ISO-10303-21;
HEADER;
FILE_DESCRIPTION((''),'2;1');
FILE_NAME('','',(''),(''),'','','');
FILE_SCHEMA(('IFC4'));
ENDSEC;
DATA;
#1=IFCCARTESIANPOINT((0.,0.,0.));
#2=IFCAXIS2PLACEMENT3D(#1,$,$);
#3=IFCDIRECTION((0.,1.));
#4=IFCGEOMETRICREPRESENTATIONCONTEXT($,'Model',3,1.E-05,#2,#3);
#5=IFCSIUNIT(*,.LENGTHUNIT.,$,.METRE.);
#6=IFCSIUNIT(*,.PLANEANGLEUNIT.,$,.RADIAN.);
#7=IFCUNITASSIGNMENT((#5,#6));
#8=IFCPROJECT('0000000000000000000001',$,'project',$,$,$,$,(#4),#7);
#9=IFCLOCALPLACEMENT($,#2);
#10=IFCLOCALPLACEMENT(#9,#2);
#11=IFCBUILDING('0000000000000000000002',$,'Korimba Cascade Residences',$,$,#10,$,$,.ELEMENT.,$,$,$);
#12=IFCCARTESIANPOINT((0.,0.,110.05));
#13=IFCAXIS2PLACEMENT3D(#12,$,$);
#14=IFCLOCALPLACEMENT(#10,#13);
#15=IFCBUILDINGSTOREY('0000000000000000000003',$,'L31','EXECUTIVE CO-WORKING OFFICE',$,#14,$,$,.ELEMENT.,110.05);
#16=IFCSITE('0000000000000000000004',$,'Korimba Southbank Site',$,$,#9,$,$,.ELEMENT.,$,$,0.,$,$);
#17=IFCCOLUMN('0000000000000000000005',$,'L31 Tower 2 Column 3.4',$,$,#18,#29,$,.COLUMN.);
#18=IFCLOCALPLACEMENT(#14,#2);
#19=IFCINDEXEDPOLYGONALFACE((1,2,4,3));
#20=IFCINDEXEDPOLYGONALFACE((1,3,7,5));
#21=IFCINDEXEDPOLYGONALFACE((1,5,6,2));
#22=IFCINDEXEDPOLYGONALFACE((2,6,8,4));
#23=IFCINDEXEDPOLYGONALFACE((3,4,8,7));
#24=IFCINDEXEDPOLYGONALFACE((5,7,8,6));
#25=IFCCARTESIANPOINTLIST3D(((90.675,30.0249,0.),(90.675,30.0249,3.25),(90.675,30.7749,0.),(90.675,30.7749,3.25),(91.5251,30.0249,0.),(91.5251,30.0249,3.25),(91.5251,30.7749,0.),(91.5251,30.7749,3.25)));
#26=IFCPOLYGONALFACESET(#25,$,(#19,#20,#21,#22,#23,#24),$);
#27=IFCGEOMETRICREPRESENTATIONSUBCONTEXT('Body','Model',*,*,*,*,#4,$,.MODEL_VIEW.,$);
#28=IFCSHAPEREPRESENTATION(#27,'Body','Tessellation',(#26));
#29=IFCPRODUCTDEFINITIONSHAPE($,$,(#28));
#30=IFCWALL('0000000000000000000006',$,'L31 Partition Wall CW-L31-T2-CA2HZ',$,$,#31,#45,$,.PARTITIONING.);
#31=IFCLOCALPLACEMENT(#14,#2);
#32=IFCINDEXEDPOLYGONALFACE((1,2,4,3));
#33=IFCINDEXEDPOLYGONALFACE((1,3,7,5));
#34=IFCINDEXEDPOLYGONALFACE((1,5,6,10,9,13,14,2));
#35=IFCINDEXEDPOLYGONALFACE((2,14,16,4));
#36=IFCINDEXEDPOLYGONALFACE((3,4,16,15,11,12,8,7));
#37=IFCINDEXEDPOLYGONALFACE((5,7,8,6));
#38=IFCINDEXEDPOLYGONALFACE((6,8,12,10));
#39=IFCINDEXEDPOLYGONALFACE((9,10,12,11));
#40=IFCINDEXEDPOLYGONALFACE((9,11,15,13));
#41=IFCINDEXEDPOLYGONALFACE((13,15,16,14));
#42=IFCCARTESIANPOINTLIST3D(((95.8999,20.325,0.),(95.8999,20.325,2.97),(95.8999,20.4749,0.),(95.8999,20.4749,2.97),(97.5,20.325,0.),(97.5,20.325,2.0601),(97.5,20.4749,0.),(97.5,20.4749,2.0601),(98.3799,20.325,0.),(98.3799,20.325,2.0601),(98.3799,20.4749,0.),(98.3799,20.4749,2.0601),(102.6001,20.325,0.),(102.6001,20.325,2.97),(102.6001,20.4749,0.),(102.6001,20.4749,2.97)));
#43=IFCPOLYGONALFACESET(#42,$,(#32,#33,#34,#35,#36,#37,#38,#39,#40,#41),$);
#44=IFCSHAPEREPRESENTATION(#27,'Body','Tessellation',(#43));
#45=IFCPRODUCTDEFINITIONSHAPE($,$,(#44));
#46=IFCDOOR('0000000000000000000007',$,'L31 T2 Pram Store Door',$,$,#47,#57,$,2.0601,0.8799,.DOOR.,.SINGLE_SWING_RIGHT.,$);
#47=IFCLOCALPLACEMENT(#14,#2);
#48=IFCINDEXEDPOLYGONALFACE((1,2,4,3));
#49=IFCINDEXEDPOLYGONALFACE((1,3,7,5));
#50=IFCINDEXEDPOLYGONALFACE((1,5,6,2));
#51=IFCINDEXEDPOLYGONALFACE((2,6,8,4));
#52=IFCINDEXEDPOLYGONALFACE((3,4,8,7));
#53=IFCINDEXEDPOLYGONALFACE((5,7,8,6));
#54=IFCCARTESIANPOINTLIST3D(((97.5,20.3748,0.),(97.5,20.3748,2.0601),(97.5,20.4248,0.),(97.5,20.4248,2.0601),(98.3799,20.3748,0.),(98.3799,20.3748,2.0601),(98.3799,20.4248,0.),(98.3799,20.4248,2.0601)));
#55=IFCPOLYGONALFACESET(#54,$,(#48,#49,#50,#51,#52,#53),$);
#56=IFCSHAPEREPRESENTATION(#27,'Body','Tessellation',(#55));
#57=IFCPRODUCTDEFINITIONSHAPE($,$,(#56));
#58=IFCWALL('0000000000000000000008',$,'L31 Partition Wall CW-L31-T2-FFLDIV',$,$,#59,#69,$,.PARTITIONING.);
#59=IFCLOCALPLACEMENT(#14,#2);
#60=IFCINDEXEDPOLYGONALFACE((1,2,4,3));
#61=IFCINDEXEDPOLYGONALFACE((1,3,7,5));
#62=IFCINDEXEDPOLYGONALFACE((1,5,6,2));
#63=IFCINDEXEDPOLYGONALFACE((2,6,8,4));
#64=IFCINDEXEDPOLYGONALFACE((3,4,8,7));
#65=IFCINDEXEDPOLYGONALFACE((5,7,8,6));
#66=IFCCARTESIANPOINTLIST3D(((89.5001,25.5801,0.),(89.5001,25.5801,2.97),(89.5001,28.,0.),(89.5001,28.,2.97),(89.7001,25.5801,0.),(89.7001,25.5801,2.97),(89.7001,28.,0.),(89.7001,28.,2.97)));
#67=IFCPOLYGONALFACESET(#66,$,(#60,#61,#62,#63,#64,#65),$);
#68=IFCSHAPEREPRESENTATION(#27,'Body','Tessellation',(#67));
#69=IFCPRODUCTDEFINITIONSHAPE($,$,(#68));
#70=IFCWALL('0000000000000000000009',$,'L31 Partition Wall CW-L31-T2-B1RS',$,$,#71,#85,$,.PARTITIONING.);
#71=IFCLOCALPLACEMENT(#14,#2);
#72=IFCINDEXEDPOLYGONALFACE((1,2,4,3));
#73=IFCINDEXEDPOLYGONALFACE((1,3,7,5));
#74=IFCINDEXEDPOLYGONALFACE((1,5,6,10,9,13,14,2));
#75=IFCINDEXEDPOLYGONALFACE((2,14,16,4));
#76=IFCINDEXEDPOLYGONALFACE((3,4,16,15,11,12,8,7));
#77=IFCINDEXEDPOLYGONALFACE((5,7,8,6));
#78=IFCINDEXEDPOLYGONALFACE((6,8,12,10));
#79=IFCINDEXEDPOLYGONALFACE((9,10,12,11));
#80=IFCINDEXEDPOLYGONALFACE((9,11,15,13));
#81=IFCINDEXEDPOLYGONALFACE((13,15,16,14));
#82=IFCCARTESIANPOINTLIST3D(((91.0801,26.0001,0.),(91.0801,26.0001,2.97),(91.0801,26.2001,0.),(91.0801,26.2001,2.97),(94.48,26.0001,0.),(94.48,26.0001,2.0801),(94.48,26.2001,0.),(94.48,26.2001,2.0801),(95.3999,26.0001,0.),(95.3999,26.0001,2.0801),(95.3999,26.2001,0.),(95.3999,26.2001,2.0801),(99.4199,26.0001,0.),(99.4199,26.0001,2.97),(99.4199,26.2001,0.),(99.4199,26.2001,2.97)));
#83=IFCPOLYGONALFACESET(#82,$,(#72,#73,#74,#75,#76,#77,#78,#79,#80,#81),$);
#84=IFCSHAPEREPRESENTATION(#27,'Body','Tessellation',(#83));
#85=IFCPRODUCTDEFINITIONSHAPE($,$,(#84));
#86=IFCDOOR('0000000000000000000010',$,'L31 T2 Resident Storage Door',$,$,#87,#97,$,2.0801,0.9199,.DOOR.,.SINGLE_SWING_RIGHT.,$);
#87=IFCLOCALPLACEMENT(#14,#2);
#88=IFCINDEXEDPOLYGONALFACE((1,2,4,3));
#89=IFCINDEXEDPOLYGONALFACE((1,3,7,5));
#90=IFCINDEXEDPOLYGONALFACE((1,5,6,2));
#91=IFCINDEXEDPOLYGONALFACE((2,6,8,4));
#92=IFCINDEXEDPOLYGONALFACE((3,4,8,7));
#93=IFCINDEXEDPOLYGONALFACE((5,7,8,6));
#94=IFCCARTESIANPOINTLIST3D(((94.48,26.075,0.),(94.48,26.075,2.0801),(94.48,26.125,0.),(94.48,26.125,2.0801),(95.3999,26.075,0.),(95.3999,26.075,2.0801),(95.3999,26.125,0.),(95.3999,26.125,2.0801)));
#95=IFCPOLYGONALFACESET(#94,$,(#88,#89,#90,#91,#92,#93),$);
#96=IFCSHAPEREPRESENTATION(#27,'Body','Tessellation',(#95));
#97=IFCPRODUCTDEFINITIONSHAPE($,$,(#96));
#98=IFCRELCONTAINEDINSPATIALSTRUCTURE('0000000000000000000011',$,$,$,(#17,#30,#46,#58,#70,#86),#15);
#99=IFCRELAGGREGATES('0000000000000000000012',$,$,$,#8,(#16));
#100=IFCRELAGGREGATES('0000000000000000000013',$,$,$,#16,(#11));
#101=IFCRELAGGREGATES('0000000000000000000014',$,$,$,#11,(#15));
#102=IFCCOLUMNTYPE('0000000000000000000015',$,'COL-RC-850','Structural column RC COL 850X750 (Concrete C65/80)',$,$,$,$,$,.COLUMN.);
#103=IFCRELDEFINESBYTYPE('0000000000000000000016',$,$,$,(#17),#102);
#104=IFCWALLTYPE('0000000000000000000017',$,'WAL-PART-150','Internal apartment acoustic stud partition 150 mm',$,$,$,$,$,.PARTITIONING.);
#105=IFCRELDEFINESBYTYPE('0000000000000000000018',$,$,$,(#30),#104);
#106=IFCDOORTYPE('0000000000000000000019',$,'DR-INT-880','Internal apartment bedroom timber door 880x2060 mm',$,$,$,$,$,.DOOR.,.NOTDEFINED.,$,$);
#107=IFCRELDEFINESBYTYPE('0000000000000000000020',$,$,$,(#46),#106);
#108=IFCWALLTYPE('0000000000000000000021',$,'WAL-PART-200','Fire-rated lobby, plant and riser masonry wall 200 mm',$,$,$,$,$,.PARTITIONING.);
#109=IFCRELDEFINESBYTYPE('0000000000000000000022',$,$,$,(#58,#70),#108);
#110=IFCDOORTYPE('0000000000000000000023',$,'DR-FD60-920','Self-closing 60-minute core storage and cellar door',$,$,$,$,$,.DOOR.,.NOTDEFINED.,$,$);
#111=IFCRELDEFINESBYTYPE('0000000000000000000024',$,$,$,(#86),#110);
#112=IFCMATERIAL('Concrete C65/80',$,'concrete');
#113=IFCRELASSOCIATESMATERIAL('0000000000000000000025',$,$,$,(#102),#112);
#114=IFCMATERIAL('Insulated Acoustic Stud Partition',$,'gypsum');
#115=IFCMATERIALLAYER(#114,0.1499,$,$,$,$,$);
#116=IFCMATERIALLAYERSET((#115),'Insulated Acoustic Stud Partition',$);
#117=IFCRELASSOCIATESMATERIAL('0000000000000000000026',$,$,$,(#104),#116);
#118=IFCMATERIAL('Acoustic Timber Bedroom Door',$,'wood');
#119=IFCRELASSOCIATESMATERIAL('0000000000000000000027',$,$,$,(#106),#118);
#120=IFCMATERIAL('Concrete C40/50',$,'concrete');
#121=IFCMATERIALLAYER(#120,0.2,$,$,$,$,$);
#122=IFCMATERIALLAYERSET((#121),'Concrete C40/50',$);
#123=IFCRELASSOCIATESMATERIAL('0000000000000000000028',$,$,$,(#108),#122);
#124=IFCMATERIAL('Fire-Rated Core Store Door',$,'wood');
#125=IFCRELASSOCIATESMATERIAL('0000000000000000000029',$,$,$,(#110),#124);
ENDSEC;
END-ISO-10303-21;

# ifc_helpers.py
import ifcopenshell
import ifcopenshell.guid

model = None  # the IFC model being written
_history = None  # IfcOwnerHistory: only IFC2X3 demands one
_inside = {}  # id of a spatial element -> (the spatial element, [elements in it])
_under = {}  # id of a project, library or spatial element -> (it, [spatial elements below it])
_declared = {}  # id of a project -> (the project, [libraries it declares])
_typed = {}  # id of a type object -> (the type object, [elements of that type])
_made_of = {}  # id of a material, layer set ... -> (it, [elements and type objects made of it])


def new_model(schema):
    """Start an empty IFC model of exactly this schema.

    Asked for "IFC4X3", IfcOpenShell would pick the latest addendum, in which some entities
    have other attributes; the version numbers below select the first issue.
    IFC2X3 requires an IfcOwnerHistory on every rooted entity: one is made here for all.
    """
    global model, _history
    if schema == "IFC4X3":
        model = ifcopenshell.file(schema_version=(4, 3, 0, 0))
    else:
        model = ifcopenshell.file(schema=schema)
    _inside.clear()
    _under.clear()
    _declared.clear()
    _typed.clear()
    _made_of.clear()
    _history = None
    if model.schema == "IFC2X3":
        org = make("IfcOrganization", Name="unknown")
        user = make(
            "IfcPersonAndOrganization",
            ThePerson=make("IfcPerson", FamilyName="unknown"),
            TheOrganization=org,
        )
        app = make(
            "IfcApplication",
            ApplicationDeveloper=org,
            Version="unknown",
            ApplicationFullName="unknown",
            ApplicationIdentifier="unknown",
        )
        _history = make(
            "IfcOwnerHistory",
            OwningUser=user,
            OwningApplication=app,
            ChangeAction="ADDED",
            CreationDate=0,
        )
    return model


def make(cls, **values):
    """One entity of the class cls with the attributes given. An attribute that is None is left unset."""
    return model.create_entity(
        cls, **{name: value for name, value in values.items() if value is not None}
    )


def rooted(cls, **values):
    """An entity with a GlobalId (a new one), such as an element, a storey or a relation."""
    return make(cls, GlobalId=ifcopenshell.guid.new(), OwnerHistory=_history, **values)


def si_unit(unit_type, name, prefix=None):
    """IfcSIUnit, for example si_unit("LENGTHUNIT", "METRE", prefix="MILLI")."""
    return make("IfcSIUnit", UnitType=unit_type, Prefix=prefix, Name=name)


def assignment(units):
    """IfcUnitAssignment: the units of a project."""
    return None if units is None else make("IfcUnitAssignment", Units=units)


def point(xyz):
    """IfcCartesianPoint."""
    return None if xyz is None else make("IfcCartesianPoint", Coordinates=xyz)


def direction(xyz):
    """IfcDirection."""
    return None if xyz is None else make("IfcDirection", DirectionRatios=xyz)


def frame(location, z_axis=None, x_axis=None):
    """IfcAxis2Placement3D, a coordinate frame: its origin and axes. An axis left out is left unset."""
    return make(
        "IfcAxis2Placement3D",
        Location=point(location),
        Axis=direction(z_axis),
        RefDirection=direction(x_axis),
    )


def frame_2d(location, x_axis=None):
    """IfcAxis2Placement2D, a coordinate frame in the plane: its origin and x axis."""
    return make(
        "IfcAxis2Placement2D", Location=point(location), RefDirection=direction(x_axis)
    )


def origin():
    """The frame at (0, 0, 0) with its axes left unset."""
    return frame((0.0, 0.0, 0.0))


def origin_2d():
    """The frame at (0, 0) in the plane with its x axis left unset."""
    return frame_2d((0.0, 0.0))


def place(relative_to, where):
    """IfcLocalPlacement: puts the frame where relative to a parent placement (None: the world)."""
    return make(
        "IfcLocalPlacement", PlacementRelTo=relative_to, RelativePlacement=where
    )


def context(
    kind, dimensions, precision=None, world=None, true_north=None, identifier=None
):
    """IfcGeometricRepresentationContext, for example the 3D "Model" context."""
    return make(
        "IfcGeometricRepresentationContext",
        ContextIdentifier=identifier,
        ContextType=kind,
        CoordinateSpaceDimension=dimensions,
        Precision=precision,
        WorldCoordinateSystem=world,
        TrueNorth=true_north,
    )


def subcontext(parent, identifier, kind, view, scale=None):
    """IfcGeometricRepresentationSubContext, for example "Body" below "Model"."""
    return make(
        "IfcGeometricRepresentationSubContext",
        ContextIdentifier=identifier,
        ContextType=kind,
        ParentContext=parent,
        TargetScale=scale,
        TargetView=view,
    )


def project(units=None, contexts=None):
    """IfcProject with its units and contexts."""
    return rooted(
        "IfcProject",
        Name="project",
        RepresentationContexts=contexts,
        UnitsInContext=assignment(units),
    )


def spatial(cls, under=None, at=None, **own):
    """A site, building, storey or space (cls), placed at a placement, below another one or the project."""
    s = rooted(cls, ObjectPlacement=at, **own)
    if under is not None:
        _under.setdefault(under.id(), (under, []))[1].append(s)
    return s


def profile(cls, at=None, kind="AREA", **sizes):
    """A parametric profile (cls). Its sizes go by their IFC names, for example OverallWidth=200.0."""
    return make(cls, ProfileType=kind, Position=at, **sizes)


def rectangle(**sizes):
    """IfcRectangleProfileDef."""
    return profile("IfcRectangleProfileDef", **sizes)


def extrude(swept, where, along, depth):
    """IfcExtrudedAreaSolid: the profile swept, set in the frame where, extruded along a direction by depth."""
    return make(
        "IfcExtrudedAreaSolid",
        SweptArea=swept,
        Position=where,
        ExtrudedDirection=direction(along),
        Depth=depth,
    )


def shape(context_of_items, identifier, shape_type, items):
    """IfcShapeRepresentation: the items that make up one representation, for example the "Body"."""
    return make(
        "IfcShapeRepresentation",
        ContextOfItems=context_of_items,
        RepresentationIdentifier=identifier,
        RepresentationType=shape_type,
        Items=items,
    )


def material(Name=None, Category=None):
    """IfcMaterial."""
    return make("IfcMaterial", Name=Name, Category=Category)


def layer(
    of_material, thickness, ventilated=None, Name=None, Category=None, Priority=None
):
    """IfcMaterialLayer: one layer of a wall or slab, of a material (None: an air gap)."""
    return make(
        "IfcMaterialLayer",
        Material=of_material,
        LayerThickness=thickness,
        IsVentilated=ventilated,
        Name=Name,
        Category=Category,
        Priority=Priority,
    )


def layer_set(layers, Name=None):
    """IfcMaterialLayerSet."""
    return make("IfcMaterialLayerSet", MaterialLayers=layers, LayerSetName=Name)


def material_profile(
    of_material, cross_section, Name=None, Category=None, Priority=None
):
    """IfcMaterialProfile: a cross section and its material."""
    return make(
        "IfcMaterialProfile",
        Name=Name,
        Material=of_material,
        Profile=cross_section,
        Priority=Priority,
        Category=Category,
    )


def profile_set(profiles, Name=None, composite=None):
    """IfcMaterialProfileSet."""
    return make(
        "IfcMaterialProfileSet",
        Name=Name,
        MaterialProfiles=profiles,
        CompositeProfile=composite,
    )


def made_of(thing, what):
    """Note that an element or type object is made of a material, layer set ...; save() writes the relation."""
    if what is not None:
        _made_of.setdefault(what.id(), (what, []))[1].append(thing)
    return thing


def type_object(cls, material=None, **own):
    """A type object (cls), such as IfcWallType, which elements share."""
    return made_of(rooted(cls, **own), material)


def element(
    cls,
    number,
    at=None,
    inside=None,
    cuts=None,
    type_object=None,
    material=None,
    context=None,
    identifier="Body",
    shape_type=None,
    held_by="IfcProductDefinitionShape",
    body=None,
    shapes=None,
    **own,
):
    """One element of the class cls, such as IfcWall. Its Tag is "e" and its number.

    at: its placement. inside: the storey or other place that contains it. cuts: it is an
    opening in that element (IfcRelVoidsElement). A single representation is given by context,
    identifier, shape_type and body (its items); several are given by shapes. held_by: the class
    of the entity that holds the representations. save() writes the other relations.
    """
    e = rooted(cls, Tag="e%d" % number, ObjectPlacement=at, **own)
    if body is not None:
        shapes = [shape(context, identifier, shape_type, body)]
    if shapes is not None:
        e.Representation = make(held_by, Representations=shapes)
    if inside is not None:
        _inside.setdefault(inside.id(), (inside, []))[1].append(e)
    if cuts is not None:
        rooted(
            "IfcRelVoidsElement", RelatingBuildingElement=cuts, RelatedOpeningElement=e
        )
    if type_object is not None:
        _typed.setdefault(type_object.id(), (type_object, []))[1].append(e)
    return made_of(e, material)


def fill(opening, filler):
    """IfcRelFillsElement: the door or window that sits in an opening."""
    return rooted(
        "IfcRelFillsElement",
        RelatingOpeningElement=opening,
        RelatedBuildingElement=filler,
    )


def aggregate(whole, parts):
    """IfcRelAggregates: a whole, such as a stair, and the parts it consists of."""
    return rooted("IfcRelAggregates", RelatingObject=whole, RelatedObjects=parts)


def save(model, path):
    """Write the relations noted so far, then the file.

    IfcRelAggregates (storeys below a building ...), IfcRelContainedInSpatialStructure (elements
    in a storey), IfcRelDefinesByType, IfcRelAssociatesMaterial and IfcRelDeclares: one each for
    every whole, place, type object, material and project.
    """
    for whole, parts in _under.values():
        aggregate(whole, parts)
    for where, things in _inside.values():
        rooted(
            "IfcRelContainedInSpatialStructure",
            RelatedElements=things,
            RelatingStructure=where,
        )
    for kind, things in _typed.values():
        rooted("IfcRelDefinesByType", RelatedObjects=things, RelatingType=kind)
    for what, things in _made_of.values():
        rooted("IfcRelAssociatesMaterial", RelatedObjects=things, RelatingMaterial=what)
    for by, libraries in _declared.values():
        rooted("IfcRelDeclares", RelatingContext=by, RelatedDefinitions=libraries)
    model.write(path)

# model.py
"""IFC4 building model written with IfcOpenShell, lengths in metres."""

from ifc_helpers import new_model, si_unit, direction, frame, frame_2d, origin, origin_2d, place, context, subcontext, project, spatial, rectangle, extrude, material, layer, layer_set, material_profile, profile_set, type_object, element, fill, save


model = new_model("IFC4")

# Units and contexts
model_context = context("Model", 3, precision=1e-05, world=origin(), true_north=direction((0.0, 1.0)))
body_context = subcontext(model_context, "Body", "Model", "MODEL_VIEW")
ifc_project = project(units=[si_unit("LENGTHUNIT", "METRE"), si_unit("PLANEANGLEUNIT", "RADIAN")], contexts=[model_context])

# Site, building, storey
site_placement = place(None, origin())
site = spatial("IfcSite", under=ifc_project, at=site_placement, Name="Korimba Southbank Site", CompositionType="ELEMENT", RefElevation=0.0)
building_placement = place(site_placement, origin())
building = spatial("IfcBuilding", under=site, at=building_placement, Name="Korimba Cascade Residences", CompositionType="ELEMENT")
storey_placement = place(building_placement, frame((0.0, 0.0, 110.05)))
storey = spatial("IfcBuildingStorey", under=building, at=storey_placement, Name="L31", Description="EXECUTIVE CO-WORKING OFFICE", CompositionType="ELEMENT", Elevation=110.05)

# Column
ifc_material_1 = material(Name="Concrete C65/80", Category="concrete")
ifc_material_profile = material_profile(ifc_material_1, rectangle(XDim=0.8501, YDim=0.75, at=origin_2d()), Name="Concrete C65/80")
ifc_profile_set = profile_set([ifc_material_profile], Name="Concrete C65/80")
column_type = type_object("IfcColumnType", Name="COL-RC-850", Description="Structural column RC COL 850X750 (Concrete C65/80)", PredefinedType="COLUMN", material=ifc_profile_set)
column_placement = place(storey_placement, frame((91.1001, 30.3999, 0.0), z_axis=(0.0, 0.0, 1.0), x_axis=(1.0, 0.0, 0.0)))
element("IfcColumn", 1, at=column_placement, inside=storey, type_object=column_type, Name="L31 Tower 2 Column 3.4", PredefinedType="COLUMN", context=body_context, shape_type="SweptSolid", body=[
    extrude(rectangle(XDim=0.8501, YDim=0.75, at=origin_2d()), origin(), (0.0, 0.0, 1.0), 3.25),
])

# Wall, opening, door
ifc_material_2 = material(Name="Insulated Acoustic Stud Partition", Category="gypsum")
ifc_layer_1 = layer(ifc_material_2, 0.1499)
ifc_layer_set_1 = layer_set([ifc_layer_1], Name="Insulated Acoustic Stud Partition")
wall_type_1 = type_object("IfcWallType", Name="WAL-PART-150", Description="Internal apartment acoustic stud partition 150 mm", PredefinedType="PARTITIONING", material=ifc_layer_set_1)
wall_1_placement = place(storey_placement, frame((95.8999, 20.3999, 0.0), z_axis=(0.0, 0.0, 1.0), x_axis=(1.0, 0.0, 0.0)))
wall_1 = element("IfcWall", 2, at=wall_1_placement, inside=storey, type_object=wall_type_1, Name="L31 Partition Wall CW-L31-T2-CA2HZ", PredefinedType="PARTITIONING", context=body_context, shape_type="SweptSolid", body=[
    extrude(rectangle(XDim=6.7002, YDim=0.1499, at=frame_2d((3.3501, 0.0))), origin(), (0.0, 0.0, 1.0), 2.97),
])
opening_1_placement = place(wall_1_placement, frame((1.6001, 0.0, 0.0)))
opening_1 = element("IfcOpeningElement", 3, at=opening_1_placement, cuts=wall_1, PredefinedType="OPENING", context=body_context, shape_type="SweptSolid", body=[
    extrude(rectangle(XDim=0.8799, YDim=2.0601, at=frame_2d((0.4399, 1.03))), frame((0.0, 0.085, 0.0), z_axis=(0.0, -1.0, 0.0), x_axis=(1.0, 0.0, 0.0)), (0.0, 0.0, 1.0), 0.1699),
])
ifc_material_3 = material(Name="Acoustic Timber Bedroom Door", Category="wood")
door_type_1 = type_object("IfcDoorType", Name="DR-INT-880", Description="Internal apartment bedroom timber door 880x2060 mm", OperationType="NOTDEFINED", PredefinedType="DOOR", material=ifc_material_3)
door_1_placement = place(opening_1_placement, origin())
door_1 = element("IfcDoor", 4, at=door_1_placement, inside=storey, type_object=door_type_1, Name="L31 T2 Pram Store Door", OperationType="SINGLE_SWING_RIGHT", OverallHeight=2.0601, OverallWidth=0.8799, PredefinedType="DOOR", context=body_context, shape_type="SweptSolid", body=[
    extrude(rectangle(XDim=0.8799, YDim=2.0601, at=frame_2d((0.4399, 1.03))), frame((0.0, 0.0249, 0.0), z_axis=(0.0, -1.0, 0.0), x_axis=(1.0, 0.0, 0.0)), (0.0, 0.0, 1.0), 0.05),
])
fill(opening_1, door_1)

# Wall
ifc_material_4 = material(Name="Concrete C40/50", Category="concrete")
ifc_layer_2 = layer(ifc_material_4, 0.2)
ifc_layer_set_2 = layer_set([ifc_layer_2], Name="Concrete C40/50")
wall_type_2 = type_object("IfcWallType", Name="WAL-PART-200", Description="Fire-rated lobby, plant and riser masonry wall 200 mm", PredefinedType="PARTITIONING", material=ifc_layer_set_2)
wall_2_placement = place(storey_placement, frame((89.6001, 25.5801, 0.0), z_axis=(0.0, 0.0, 1.0), x_axis=(0.0, 1.0, 0.0)))
element("IfcWall", 5, at=wall_2_placement, inside=storey, type_object=wall_type_2, Name="L31 Partition Wall CW-L31-T2-FFLDIV", PredefinedType="PARTITIONING", context=body_context, shape_type="SweptSolid", body=[
    extrude(rectangle(XDim=2.4199, YDim=0.2, at=frame_2d((1.21, 0.0))), origin(), (0.0, 0.0, 1.0), 2.97),
])

# Wall, opening, door
wall_3_placement = place(storey_placement, frame((91.0801, 26.1001, 0.0), z_axis=(0.0, 0.0, 1.0), x_axis=(1.0, 0.0, 0.0)))
wall_3 = element("IfcWall", 6, at=wall_3_placement, inside=storey, type_object=wall_type_2, Name="L31 Partition Wall CW-L31-T2-B1RS", PredefinedType="PARTITIONING", context=body_context, shape_type="SweptSolid", body=[
    extrude(rectangle(XDim=8.3398, YDim=0.2, at=frame_2d((4.1699, 0.0))), origin(), (0.0, 0.0, 1.0), 2.97),
])
opening_2_placement = place(wall_3_placement, frame((3.3999, 0.0, 0.0)))
opening_2 = element("IfcOpeningElement", 7, at=opening_2_placement, cuts=wall_3, PredefinedType="OPENING", context=body_context, shape_type="SweptSolid", body=[
    extrude(rectangle(XDim=0.9199, YDim=2.0801, at=frame_2d((0.46, 1.04))), frame((0.0, 0.1099, 0.0), z_axis=(0.0, -1.0, 0.0), x_axis=(1.0, 0.0, 0.0)), (0.0, 0.0, 1.0), 0.22),
])
ifc_material_5 = material(Name="Fire-Rated Core Store Door", Category="wood")
door_type_2 = type_object("IfcDoorType", Name="DR-FD60-920", Description="Self-closing 60-minute core storage and cellar door", OperationType="NOTDEFINED", PredefinedType="DOOR", material=ifc_material_5)
door_2_placement = place(opening_2_placement, origin())
door_2 = element("IfcDoor", 8, at=door_2_placement, inside=storey, type_object=door_type_2, Name="L31 T2 Resident Storage Door", OperationType="SINGLE_SWING_RIGHT", OverallHeight=2.0801, OverallWidth=0.9199, PredefinedType="DOOR", context=body_context, shape_type="SweptSolid", body=[
    extrude(rectangle(XDim=0.9199, YDim=2.0801, at=frame_2d((0.46, 1.04))), frame((0.0, 0.0249, 0.0), z_axis=(0.0, -1.0, 0.0), x_axis=(1.0, 0.0, 0.0)), (0.0, 0.0, 1.0), 0.05),
])
fill(opening_2, door_2)

save(model, "model.ifc")
